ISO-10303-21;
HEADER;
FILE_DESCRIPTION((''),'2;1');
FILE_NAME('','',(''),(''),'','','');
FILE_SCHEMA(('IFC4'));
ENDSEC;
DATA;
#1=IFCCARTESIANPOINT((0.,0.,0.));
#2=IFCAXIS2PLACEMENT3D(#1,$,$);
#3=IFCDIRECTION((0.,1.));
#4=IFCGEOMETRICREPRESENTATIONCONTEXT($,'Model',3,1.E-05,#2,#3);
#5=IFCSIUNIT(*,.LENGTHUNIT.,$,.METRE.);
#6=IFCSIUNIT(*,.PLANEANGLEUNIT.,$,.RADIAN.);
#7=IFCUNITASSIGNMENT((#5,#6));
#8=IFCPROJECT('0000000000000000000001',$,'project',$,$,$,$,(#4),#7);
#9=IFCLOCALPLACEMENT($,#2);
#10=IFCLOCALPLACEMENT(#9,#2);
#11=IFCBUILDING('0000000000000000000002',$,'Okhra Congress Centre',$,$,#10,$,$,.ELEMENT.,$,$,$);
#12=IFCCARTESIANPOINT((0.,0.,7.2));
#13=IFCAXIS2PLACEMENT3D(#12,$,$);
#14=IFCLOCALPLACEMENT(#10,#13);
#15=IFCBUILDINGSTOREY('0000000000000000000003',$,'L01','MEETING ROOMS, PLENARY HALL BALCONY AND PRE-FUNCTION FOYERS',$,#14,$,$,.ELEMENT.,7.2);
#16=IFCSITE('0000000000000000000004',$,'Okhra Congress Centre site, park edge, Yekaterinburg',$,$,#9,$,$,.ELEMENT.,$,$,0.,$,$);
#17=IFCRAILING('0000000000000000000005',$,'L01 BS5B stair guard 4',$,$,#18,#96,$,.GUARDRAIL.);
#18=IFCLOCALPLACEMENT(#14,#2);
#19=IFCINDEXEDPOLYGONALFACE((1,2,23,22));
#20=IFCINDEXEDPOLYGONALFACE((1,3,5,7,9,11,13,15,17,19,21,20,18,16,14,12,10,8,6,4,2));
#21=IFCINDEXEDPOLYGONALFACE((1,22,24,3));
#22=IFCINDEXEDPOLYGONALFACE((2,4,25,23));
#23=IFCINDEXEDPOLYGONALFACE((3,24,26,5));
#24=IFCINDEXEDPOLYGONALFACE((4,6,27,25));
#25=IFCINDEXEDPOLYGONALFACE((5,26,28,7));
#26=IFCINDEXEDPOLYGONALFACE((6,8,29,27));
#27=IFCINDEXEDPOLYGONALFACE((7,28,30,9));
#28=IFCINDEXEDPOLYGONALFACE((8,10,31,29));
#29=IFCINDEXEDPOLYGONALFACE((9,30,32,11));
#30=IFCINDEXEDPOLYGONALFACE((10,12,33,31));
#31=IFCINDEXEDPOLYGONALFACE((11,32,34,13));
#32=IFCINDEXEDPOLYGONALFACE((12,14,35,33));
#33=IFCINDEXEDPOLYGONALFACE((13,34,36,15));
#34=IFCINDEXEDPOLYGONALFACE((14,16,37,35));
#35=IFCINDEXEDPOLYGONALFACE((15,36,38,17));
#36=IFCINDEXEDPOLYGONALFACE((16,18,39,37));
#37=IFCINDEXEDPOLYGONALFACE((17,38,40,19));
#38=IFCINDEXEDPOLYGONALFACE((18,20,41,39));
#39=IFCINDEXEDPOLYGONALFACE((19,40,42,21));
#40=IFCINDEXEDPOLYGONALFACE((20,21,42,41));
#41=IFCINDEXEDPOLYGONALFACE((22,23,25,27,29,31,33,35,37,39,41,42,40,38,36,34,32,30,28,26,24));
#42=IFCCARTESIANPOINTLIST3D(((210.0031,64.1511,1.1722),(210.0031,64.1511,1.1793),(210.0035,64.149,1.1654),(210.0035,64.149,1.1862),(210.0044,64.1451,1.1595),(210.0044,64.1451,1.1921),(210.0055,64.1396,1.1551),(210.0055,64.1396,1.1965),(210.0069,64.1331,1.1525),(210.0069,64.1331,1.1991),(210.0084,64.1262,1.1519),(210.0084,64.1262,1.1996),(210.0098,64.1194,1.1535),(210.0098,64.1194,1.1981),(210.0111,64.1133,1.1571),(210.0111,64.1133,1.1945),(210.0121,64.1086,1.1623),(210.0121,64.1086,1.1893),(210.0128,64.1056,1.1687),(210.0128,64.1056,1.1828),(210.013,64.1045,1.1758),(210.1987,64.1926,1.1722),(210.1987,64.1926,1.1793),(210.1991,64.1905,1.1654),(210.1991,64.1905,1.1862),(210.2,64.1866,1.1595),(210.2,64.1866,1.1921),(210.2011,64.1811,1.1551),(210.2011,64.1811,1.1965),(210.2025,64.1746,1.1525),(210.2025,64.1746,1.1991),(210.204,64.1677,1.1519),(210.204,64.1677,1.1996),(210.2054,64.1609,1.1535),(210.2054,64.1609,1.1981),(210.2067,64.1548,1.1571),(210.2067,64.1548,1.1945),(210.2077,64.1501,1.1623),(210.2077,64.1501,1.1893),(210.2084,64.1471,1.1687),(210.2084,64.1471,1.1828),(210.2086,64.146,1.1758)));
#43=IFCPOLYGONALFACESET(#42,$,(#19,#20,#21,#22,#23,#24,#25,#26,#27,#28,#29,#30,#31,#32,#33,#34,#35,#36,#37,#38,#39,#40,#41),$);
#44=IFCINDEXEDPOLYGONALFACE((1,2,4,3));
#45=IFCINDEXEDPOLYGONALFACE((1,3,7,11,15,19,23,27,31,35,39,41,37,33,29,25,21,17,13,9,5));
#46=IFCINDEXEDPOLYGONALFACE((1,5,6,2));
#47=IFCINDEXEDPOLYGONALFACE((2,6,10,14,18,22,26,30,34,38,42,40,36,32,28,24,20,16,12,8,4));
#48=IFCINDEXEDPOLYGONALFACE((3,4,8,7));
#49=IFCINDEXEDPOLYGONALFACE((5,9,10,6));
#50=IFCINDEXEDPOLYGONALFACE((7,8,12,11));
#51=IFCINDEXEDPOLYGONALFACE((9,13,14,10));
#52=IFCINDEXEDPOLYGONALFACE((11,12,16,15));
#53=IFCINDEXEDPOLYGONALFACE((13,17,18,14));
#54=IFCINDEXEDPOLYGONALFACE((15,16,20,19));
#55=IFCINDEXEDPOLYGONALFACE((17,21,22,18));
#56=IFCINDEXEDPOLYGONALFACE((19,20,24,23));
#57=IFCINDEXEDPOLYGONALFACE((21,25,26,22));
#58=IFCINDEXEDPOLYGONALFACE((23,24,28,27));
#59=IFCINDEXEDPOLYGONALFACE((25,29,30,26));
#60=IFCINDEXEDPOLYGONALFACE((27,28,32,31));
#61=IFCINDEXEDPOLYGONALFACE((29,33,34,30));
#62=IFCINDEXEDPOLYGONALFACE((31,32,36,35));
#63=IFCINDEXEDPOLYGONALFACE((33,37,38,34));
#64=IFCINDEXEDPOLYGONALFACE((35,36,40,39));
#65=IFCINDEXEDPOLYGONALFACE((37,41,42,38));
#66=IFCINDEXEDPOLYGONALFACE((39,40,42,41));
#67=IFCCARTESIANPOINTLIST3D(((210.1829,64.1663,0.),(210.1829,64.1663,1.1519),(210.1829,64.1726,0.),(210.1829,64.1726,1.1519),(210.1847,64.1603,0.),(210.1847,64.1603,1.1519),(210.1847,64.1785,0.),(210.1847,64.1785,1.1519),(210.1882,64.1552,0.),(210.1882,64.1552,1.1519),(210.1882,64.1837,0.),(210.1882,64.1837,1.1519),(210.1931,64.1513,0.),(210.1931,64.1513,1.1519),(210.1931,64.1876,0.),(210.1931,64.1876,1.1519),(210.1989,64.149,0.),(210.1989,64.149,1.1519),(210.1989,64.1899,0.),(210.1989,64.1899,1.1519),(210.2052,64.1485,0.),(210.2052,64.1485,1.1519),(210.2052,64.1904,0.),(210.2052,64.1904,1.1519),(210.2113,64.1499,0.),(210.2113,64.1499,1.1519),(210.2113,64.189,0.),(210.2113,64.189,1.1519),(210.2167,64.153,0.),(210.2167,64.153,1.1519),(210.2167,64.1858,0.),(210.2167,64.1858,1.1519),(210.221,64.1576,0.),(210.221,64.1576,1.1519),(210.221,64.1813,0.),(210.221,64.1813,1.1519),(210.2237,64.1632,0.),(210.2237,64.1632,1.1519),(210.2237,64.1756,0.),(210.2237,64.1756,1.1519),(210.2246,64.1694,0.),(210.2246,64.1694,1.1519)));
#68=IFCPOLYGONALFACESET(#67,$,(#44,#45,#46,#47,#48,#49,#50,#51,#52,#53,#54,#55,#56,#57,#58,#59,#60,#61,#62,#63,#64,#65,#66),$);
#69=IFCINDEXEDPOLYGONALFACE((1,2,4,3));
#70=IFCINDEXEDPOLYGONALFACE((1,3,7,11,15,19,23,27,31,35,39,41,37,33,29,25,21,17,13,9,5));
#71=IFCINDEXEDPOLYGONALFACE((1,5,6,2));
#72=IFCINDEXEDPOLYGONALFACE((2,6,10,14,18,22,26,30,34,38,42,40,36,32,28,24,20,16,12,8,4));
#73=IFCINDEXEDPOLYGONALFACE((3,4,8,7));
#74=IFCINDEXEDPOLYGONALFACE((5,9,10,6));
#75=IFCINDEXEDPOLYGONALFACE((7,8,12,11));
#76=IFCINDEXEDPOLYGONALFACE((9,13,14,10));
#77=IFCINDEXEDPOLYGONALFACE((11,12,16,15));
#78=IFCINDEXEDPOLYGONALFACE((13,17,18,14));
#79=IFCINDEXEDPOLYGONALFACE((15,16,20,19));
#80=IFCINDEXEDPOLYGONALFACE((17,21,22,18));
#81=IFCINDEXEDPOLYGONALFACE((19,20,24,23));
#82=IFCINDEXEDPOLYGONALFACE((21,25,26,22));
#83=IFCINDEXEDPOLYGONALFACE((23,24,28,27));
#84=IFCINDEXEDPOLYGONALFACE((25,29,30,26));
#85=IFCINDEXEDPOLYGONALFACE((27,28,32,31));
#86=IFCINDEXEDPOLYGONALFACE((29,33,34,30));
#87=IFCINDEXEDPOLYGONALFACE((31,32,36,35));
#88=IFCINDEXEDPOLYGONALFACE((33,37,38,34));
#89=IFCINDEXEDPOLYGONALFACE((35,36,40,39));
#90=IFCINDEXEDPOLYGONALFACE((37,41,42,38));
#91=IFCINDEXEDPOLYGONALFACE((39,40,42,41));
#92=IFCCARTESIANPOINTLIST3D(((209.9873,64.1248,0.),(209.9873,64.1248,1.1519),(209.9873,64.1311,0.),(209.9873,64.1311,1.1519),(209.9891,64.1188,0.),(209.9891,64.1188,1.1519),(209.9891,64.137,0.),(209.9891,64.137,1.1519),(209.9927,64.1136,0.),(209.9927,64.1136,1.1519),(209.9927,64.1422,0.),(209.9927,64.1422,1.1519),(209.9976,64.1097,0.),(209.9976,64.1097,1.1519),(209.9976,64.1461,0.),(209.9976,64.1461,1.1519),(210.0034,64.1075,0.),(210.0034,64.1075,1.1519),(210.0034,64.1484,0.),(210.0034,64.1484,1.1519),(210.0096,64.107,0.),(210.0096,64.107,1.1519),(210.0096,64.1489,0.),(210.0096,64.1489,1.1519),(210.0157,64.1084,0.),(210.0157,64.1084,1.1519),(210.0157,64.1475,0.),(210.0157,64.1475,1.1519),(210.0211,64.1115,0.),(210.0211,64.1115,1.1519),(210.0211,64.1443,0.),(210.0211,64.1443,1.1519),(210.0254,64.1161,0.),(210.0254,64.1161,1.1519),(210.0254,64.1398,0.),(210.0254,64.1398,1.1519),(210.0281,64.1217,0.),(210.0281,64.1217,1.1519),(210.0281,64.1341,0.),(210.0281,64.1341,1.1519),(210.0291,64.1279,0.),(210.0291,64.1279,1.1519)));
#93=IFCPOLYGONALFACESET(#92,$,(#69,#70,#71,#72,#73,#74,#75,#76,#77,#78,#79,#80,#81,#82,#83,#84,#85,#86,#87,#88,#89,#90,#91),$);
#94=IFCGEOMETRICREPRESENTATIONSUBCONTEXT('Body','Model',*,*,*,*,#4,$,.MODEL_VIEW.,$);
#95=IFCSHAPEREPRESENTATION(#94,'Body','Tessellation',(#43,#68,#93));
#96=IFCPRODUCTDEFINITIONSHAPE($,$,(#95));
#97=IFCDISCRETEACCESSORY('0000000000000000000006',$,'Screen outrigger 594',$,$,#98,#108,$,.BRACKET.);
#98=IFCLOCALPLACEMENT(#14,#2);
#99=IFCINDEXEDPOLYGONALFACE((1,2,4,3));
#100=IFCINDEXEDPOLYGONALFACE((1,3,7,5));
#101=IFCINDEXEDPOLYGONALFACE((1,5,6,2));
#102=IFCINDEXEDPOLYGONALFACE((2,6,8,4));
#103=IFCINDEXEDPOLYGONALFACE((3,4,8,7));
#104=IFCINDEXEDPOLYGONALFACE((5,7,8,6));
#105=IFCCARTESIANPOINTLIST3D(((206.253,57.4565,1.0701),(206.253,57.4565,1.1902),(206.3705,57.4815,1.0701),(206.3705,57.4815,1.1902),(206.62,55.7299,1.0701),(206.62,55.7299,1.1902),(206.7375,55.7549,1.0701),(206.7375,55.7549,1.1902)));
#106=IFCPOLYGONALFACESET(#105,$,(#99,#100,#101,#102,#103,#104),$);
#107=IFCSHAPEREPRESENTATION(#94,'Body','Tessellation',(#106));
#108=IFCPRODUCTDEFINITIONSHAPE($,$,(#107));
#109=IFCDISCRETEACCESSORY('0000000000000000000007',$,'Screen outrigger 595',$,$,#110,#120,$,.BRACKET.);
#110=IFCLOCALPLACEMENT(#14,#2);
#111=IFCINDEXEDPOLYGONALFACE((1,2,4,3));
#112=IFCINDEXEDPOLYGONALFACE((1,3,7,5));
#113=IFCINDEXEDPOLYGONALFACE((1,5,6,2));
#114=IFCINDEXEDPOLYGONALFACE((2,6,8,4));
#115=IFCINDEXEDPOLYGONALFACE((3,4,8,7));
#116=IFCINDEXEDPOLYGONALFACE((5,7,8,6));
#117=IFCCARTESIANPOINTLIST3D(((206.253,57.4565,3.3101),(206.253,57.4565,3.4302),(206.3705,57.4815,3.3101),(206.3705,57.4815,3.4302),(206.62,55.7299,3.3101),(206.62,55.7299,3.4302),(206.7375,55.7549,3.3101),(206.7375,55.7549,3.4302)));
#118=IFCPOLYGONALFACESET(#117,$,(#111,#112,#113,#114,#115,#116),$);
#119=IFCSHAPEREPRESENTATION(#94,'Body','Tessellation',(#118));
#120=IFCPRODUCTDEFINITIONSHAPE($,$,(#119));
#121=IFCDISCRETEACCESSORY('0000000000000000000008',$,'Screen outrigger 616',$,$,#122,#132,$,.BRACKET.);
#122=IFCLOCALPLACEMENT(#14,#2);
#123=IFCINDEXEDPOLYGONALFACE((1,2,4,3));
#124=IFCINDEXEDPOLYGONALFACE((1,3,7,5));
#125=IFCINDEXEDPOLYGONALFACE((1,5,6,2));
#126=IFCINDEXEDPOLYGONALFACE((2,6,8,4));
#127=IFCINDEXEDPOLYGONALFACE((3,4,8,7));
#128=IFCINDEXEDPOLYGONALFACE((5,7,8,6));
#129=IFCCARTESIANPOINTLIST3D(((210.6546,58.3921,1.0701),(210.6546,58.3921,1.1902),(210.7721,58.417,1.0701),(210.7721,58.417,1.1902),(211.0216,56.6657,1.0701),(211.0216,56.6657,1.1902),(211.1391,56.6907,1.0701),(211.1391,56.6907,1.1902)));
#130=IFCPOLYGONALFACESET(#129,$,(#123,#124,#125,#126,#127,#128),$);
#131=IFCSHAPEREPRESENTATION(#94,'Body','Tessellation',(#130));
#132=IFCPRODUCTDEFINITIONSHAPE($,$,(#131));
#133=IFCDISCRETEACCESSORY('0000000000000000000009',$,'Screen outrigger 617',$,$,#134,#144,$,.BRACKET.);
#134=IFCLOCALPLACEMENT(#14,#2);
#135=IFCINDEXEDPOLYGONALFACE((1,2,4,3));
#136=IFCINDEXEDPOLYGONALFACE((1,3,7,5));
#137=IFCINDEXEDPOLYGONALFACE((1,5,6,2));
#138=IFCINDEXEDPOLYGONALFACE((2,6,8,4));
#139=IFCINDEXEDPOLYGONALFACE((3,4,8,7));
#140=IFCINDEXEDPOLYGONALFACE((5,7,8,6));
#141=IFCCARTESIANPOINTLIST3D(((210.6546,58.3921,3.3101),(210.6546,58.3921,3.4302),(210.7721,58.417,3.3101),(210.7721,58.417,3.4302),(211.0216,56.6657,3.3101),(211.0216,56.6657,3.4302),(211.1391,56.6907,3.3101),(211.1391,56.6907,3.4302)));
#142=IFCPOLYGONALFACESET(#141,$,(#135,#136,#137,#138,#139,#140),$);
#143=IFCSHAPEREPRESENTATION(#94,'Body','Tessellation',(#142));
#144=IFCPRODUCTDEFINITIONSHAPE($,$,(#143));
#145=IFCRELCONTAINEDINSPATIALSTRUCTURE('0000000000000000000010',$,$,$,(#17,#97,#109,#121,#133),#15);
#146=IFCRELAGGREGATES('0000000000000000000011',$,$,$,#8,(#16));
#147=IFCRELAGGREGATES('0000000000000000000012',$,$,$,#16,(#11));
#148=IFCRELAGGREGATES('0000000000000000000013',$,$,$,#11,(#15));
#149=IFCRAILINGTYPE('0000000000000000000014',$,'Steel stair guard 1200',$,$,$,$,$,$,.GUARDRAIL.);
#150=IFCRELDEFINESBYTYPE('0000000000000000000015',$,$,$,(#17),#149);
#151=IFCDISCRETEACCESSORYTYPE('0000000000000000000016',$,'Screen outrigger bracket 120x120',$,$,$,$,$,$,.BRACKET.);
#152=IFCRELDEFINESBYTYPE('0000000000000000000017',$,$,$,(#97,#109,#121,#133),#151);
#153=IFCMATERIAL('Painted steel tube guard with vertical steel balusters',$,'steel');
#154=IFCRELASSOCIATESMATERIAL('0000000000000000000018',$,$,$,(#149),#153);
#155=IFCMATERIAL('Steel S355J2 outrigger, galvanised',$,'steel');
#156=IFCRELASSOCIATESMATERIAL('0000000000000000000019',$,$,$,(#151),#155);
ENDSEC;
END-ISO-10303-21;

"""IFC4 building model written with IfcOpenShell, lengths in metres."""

from ifc_helpers import new_model, si_unit, direction, frame, origin, origin_2d, place, context, subcontext, project, spatial, rectangle, circle, extrude, material, material_profile, profile_set, type_object, element, save


model = new_model("IFC4")

# Units and contexts
model_context = context("Model", 3, precision=1e-05, world=origin(), true_north=direction((0.0, 1.0)))
body_context = subcontext(model_context, "Body", "Model", "MODEL_VIEW")
ifc_project = project(units=[si_unit("LENGTHUNIT", "METRE"), si_unit("PLANEANGLEUNIT", "RADIAN")], contexts=[model_context])

# Site, building, storey
site_placement = place(None, origin())
site = spatial("IfcSite", under=ifc_project, at=site_placement, Name="Okhra Congress Centre site, park edge, Yekaterinburg", CompositionType="ELEMENT", RefElevation=0.0)
building_placement = place(site_placement, origin())
building = spatial("IfcBuilding", under=site, at=building_placement, Name="Okhra Congress Centre", CompositionType="ELEMENT")
storey_placement = place(building_placement, frame((0.0, 0.0, 7.2)))
storey = spatial("IfcBuildingStorey", under=building, at=storey_placement, Name="L01", Description="MEETING ROOMS, PLENARY HALL BALCONY AND PRE-FUNCTION FOYERS", CompositionType="ELEMENT", Elevation=7.2)

# Railing
ifc_material_1 = material(Name="Painted steel tube guard with vertical steel balusters", Category="steel")
railing_type_1 = type_object("IfcRailingType", Name="Steel stair guard 1200", PredefinedType="GUARDRAIL", material=ifc_material_1)
railing_1_placement = place(storey_placement, frame((210.2036, 64.1694, 0.0)))
element("IfcRailing", 1, at=railing_1_placement, inside=storey, type_object=railing_type_1, Name="L01 BS5B stair guard 4", PredefinedType="GUARDRAIL", context=body_context, shape_type="SweptSolid", body=[
    extrude(circle(Radius=0.0239, at=origin_2d()), frame((0.0, 0.0, 1.1758), z_axis=(-0.978212, -0.20761, 0.0), x_axis=(0.20761, -0.978212, 0.0)), (0.0, 0.0, 1.0), 0.2),
    extrude(circle(Radius=0.021, at=origin_2d()), origin(), (0.0, 0.0, 1.0), 1.1519),
    extrude(circle(Radius=0.021, at=origin_2d()), frame((-0.1956, -0.0415, 0.0)), (0.0, 0.0, 1.0), 1.1519),
])

# Discrete accessories
ifc_material_2 = material(Name="Steel S355J2 outrigger, galvanised", Category="steel")
ifc_material_profile_1 = material_profile(ifc_material_2, rectangle(XDim=0.1201, YDim=0.1201, at=origin_2d()), Name="Screen outrigger bracket 120x120")
ifc_profile_set_1 = profile_set([ifc_material_profile_1], Name="Steel S355J2 outrigger, galvanised")
discrete_accessory_type = type_object("IfcDiscreteAccessoryType", Name="Screen outrigger bracket 120x120", PredefinedType="BRACKET", material=ifc_profile_set_1)
for number, where, z_axis, x_axis, name in (
    (2, (206.3118, 57.469, 1.1301), (0.207885, -0.978153, 0.0), (0.978153, 0.207885, 0.0), "Screen outrigger 594"),
    (3, (206.3118, 57.469, 3.3701), (0.207885, -0.978153, 0.0), (0.978153, 0.207885, 0.0), "Screen outrigger 595"),
):
    element("IfcDiscreteAccessory", number, at=place(storey_placement, frame(where, z_axis=z_axis, x_axis=x_axis)), inside=storey, type_object=discrete_accessory_type, Name=name, PredefinedType="BRACKET", context=body_context, shape_type="SweptSolid", body=[
        extrude(rectangle(XDim=0.1201, YDim=0.1201, at=origin_2d()), origin(), (0.0, 0.0, 1.0), 1.7651),
    ])
for number, where, z_axis, x_axis, name in (
    (4, (210.7134, 58.4045, 1.1301), (0.207913, -0.978147, 0.0), (0.978147, 0.207913, 0.0), "Screen outrigger 616"),
    (5, (210.7134, 58.4045, 3.3701), (0.207913, -0.978147, 0.0), (0.978147, 0.207913, 0.0), "Screen outrigger 617"),
):
    element("IfcDiscreteAccessory", number, at=place(storey_placement, frame(where, z_axis=z_axis, x_axis=x_axis)), inside=storey, type_object=discrete_accessory_type, Name=name, PredefinedType="BRACKET", context=body_context, shape_type="SweptSolid", body=[
        extrude(rectangle(XDim=0.1201, YDim=0.1201, at=origin_2d()), origin(), (0.0, 0.0, 1.0), 1.7649),
    ])

save(model, "model.ifc")
